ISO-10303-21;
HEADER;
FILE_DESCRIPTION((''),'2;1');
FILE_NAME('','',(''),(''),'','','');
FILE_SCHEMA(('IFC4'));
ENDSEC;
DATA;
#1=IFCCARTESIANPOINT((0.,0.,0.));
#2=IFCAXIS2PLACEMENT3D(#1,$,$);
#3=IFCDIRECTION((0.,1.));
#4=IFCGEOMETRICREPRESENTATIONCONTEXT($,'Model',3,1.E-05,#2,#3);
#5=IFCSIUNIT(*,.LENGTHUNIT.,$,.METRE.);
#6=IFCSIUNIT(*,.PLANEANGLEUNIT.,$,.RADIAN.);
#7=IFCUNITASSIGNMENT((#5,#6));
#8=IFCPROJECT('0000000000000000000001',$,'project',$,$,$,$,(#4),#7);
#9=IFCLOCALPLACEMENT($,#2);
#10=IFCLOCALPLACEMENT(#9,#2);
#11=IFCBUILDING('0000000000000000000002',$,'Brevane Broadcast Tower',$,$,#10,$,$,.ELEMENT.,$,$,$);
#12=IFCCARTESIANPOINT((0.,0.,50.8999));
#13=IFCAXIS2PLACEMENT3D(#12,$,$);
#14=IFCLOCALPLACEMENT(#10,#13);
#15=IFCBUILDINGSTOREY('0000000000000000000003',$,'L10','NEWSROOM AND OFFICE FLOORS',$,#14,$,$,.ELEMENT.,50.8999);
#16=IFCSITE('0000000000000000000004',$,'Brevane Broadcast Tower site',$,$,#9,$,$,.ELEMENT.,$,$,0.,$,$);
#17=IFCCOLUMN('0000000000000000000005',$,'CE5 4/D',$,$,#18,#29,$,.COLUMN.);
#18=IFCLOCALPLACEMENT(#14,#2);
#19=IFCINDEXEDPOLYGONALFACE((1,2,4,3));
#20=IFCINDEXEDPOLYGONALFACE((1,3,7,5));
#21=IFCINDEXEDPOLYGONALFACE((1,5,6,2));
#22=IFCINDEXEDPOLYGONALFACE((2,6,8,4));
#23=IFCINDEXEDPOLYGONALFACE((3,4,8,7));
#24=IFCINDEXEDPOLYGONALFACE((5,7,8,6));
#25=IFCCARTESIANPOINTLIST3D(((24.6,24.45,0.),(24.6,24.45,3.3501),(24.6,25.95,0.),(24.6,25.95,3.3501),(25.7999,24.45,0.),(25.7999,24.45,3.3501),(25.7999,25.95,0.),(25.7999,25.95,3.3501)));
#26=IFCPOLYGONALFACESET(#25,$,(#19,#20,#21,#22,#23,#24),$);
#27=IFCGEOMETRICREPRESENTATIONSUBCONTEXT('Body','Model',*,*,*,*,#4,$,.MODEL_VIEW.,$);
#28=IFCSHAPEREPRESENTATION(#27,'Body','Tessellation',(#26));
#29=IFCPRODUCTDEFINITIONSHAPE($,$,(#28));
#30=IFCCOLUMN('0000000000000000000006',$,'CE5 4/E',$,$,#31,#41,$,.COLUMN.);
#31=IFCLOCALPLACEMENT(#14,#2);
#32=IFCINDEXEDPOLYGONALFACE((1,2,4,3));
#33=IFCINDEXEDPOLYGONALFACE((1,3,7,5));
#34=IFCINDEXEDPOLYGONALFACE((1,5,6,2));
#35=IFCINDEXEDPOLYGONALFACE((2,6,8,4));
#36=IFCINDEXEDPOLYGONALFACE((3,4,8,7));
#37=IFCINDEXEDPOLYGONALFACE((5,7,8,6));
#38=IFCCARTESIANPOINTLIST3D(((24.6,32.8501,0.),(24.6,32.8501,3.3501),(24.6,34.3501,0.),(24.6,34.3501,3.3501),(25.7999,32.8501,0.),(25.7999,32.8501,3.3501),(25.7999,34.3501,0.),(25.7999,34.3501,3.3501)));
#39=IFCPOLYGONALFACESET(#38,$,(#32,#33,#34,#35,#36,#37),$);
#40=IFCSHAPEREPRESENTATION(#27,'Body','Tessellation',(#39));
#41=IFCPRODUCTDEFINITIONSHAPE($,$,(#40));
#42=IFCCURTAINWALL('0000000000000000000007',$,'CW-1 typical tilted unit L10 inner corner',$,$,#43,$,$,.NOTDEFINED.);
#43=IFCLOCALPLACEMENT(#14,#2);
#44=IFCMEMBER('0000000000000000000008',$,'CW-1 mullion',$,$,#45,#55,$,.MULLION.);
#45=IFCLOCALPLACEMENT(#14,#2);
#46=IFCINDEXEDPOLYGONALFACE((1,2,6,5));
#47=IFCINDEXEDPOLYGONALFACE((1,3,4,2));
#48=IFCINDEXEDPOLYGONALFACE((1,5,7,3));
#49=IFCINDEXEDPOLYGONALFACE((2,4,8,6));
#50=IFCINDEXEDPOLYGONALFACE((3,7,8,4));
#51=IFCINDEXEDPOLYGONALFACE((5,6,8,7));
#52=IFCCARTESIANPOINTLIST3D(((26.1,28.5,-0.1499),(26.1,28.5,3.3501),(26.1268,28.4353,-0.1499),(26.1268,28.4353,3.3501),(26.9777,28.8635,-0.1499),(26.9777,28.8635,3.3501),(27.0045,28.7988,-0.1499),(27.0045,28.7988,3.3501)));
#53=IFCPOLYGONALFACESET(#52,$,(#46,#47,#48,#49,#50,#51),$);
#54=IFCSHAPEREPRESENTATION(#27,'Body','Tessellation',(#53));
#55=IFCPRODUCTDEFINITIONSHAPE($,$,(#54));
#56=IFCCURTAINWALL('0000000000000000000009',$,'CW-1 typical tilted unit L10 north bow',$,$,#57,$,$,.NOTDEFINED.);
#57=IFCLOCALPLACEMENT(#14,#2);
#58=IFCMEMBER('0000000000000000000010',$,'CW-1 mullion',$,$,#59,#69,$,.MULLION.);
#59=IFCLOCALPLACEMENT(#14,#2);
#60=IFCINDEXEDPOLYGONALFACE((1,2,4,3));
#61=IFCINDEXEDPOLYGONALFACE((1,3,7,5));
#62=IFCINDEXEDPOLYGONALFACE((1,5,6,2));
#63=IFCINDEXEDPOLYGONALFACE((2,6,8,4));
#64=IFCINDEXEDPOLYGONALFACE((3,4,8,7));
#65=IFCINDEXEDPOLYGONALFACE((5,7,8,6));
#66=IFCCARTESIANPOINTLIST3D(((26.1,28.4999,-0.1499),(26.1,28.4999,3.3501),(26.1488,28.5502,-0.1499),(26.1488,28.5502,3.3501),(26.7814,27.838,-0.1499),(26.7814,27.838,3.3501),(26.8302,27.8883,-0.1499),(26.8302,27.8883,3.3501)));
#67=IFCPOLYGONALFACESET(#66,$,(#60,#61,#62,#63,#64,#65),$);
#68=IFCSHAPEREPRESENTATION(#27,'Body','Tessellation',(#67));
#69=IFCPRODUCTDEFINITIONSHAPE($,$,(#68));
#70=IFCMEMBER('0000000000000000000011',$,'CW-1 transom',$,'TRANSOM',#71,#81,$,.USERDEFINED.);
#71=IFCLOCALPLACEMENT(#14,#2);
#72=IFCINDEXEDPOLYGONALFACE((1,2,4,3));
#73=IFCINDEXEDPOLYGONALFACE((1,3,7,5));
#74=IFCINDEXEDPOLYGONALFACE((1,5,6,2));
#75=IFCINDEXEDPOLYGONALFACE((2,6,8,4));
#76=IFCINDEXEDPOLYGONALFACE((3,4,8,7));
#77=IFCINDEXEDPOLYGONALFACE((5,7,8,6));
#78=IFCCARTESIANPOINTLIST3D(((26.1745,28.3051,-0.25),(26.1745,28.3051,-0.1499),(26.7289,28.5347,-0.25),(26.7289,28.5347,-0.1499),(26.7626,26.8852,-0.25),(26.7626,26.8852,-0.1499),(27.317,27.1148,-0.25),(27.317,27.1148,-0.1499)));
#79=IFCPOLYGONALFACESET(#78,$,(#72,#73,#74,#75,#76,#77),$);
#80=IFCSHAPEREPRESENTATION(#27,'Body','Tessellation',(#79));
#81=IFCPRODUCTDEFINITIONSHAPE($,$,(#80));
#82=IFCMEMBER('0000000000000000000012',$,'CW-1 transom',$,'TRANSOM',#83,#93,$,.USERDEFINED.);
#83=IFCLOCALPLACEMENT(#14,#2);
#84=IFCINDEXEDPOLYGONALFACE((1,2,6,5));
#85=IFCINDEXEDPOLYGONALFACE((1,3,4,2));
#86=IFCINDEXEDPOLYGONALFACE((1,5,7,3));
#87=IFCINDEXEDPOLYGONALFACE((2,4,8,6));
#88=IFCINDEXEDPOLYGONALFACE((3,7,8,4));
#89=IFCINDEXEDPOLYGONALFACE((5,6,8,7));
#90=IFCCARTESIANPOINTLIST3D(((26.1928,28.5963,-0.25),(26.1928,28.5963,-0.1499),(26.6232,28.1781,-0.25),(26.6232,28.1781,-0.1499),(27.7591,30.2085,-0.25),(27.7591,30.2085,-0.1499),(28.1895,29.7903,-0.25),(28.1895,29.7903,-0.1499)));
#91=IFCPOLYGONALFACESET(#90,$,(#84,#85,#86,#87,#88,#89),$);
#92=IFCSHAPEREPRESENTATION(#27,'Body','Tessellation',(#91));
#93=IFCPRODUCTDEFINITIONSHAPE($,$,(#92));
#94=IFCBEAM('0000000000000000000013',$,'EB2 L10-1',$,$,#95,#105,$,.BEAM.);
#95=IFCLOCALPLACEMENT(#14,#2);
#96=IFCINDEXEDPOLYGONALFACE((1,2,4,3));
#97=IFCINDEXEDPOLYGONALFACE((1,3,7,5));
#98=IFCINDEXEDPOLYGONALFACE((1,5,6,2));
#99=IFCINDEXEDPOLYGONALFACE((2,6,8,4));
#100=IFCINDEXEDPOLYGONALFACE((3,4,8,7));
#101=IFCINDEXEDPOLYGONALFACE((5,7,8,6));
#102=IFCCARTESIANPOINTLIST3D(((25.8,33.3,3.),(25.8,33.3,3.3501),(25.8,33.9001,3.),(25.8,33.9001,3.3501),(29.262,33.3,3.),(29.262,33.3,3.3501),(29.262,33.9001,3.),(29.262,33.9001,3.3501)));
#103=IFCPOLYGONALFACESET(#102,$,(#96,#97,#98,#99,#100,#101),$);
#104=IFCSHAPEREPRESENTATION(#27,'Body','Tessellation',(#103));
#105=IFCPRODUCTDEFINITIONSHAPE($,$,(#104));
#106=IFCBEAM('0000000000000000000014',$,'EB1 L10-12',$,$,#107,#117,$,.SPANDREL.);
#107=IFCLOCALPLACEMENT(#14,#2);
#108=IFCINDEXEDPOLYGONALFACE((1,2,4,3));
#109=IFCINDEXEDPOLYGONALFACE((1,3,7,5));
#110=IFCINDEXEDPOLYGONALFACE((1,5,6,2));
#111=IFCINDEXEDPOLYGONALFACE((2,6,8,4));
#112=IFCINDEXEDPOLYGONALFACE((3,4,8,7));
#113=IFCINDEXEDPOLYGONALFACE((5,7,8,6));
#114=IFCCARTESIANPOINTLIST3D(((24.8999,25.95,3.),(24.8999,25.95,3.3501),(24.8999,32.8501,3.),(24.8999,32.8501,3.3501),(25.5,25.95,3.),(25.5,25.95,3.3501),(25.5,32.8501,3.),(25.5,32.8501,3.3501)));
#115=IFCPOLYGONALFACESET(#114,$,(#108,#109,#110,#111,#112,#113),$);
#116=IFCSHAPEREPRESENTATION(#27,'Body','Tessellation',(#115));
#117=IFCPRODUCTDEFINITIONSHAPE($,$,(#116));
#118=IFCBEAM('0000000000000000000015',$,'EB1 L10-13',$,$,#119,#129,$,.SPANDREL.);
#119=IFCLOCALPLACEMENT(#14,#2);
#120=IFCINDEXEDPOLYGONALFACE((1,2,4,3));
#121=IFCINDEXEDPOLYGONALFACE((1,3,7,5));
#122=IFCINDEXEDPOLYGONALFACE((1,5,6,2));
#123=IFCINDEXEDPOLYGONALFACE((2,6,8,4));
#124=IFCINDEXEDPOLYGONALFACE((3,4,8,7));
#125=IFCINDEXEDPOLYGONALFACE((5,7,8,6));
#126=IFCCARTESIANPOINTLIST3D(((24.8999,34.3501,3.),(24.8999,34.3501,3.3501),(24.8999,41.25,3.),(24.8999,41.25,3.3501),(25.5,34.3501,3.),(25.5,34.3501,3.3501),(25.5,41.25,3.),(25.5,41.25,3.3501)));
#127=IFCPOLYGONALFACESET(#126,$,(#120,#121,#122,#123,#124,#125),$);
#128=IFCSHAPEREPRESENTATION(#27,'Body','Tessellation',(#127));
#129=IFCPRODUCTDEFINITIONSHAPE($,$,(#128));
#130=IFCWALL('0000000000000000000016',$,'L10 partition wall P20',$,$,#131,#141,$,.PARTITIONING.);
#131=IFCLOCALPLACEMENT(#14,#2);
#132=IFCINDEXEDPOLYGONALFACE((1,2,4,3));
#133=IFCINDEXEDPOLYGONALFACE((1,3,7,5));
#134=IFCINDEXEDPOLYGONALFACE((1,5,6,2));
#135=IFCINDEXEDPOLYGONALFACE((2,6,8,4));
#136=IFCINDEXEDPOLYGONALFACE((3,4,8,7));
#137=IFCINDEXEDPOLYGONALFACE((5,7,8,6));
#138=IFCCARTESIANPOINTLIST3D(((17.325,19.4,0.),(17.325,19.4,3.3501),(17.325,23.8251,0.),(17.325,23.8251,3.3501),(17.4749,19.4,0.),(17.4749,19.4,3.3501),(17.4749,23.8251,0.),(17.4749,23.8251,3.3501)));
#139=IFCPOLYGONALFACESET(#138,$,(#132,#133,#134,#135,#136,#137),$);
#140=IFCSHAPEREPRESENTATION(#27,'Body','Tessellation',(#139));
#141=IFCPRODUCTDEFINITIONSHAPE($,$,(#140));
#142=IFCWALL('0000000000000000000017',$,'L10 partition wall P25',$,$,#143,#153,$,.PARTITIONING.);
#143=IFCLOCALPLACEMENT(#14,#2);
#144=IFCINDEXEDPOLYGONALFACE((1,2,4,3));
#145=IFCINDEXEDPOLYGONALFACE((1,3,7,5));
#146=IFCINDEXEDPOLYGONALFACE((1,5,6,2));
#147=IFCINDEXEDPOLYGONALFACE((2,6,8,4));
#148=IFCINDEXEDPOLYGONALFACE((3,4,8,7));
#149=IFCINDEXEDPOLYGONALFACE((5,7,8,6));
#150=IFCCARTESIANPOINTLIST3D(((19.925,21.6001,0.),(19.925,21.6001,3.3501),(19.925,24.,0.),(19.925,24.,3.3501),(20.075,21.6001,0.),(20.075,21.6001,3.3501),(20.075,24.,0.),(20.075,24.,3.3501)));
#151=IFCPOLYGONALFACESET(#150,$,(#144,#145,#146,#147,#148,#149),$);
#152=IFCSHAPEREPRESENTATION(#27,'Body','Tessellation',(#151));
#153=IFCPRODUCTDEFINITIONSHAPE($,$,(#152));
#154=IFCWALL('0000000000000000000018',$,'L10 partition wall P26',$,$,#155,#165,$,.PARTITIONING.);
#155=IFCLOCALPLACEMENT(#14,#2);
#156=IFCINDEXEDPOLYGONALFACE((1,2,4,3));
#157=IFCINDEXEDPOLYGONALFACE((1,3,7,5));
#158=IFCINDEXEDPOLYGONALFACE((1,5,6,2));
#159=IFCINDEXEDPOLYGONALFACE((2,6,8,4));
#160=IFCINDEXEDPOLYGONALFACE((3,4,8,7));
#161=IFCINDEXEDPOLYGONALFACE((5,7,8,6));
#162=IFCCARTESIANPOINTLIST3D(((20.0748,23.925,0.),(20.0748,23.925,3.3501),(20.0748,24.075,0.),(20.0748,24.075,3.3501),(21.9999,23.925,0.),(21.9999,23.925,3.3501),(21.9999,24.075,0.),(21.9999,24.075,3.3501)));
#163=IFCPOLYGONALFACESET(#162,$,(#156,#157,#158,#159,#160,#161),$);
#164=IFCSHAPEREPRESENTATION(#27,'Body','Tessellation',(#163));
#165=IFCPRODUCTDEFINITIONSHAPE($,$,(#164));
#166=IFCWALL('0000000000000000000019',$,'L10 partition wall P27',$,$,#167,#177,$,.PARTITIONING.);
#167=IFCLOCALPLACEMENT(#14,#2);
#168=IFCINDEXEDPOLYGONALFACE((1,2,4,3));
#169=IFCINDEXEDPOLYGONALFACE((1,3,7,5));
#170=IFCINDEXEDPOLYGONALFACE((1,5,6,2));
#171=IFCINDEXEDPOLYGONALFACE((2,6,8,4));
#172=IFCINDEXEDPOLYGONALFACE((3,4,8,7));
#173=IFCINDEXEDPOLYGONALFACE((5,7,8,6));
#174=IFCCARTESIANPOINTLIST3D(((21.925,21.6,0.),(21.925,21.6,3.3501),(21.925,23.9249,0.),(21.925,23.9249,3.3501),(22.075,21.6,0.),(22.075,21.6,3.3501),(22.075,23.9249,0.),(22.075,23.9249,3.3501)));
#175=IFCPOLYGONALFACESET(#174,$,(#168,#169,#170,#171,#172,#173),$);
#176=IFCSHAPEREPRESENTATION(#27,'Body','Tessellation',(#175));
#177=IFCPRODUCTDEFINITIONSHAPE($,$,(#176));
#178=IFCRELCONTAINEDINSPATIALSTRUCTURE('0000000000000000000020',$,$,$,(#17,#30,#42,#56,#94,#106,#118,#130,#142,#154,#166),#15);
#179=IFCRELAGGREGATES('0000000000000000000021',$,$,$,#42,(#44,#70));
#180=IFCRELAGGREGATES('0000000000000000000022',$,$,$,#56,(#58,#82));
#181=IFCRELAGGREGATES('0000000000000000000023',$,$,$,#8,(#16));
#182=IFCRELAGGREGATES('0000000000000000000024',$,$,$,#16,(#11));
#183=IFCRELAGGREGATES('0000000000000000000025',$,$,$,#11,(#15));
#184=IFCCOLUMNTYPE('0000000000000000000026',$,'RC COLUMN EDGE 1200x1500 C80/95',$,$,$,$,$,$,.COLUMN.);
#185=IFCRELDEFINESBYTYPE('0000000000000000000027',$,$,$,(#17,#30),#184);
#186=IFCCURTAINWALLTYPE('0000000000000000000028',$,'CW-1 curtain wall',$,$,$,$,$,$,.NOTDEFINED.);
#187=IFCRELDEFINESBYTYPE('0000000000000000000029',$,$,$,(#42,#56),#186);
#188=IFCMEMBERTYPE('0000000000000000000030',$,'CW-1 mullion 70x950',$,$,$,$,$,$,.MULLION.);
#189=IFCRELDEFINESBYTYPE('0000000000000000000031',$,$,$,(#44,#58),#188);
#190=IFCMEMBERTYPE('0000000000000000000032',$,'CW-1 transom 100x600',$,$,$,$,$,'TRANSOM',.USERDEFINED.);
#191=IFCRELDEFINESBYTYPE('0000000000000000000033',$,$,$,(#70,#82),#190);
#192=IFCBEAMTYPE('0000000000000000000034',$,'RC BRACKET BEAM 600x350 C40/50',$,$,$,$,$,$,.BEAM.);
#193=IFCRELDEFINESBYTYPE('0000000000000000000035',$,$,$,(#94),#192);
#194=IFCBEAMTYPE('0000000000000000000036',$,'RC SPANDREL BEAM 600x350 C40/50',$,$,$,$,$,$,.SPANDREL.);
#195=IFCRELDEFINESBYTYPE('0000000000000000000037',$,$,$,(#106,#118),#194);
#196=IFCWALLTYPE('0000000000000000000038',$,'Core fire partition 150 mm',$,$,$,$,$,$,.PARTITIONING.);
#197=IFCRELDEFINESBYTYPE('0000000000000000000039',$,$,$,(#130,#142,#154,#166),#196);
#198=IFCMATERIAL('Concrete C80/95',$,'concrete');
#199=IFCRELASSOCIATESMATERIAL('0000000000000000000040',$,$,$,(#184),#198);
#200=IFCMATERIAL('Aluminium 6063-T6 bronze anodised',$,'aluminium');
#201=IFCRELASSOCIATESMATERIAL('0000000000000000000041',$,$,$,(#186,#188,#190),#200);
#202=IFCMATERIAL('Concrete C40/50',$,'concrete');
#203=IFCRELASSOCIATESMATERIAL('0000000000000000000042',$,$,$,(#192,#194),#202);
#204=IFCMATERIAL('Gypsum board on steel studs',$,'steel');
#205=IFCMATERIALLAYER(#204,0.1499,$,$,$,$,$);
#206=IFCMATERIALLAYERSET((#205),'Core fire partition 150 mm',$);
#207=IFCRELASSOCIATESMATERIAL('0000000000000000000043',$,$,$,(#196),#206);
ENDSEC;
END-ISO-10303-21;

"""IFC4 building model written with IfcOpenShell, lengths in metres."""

from ifc_helpers import new_model, si_unit, direction, frame, frame_2d, origin, origin_2d, place, context, subcontext, project, spatial, rectangle, extrude, material, layer, layer_set, material_profile, profile_set, type_object, element, aggregate, save


model = new_model("IFC4")

# Units and contexts
model_context = context("Model", 3, precision=1e-05, world=origin(), true_north=direction((0.0, 1.0)))
body_context = subcontext(model_context, "Body", "Model", "MODEL_VIEW")
ifc_project = project(units=[si_unit("LENGTHUNIT", "METRE"), si_unit("PLANEANGLEUNIT", "RADIAN")], contexts=[model_context])

# Site, building, storey
site_placement = place(None, origin())
site = spatial("IfcSite", under=ifc_project, at=site_placement, Name="Brevane Broadcast Tower site", CompositionType="ELEMENT", RefElevation=0.0)
building_placement = place(site_placement, origin())
building = spatial("IfcBuilding", under=site, at=building_placement, Name="Brevane Broadcast Tower", CompositionType="ELEMENT")
storey_placement = place(building_placement, frame((0.0, 0.0, 50.8999)))
storey = spatial("IfcBuildingStorey", under=building, at=storey_placement, Name="L10", Description="NEWSROOM AND OFFICE FLOORS", CompositionType="ELEMENT", Elevation=50.8999)

# Columns
ifc_material_1 = material(Name="Concrete C80/95", Category="concrete")
ifc_material_profile_1 = material_profile(ifc_material_1, rectangle(XDim=1.2, YDim=1.5, at=origin_2d()), Name="RC 1200x1500")
ifc_profile_set_1 = profile_set([ifc_material_profile_1], Name="Concrete C80/95")
column_type = type_object("IfcColumnType", Name="RC COLUMN EDGE 1200x1500 C80/95", PredefinedType="COLUMN", material=ifc_profile_set_1)
for number, where, z_axis, x_axis, name in (
    (1, (25.2, 25.2, 0.0), (0.0, 0.0, 1.0), (1.0, 0.0, 0.0), "CE5 4/D"),
    (2, (25.2, 33.6001, 0.0), (0.0, 0.0, 1.0), (1.0, 0.0, 0.0), "CE5 4/E"),
):
    element("IfcColumn", number, at=place(storey_placement, frame(where, z_axis=z_axis, x_axis=x_axis)), inside=storey, type_object=column_type, Name=name, PredefinedType="COLUMN", context=body_context, shape_type="SweptSolid", body=[
        extrude(rectangle(XDim=1.2, YDim=1.5, at=origin_2d()), origin(), (0.0, 0.0, 1.0), 3.3501),
    ])

# Curtain walls, members
ifc_material_2 = material(Name="Aluminium 6063-T6 bronze anodised", Category="aluminium")
curtain_wall_type = type_object("IfcCurtainWallType", Name="CW-1 curtain wall", PredefinedType="NOTDEFINED", material=ifc_material_2)
curtain_wall_1_placement = place(storey_placement, origin())
curtain_wall_1 = element("IfcCurtainWall", 3, at=curtain_wall_1_placement, inside=storey, type_object=curtain_wall_type, Name="CW-1 typical tilted unit L10 inner corner", PredefinedType="NOTDEFINED")
ifc_material_profile_2 = material_profile(ifc_material_2, rectangle(XDim=0.95, YDim=0.0701, at=origin_2d()), Name="RECT 70x950")
ifc_profile_set_2 = profile_set([ifc_material_profile_2], Name="Aluminium 6063-T6 bronze anodised")
member_type_1 = type_object("IfcMemberType", Name="CW-1 mullion 70x950", PredefinedType="MULLION", material=ifc_profile_set_2)
member_1_placement = place(storey_placement, frame((26.5522, 28.6494, -0.1499), z_axis=(0.0, 0.0, 1.0), x_axis=(-0.923879, -0.382684, 0.0)))
member_1 = element("IfcMember", 4, at=member_1_placement, type_object=member_type_1, Name="CW-1 mullion", PredefinedType="MULLION", context=body_context, shape_type="SweptSolid", body=[
    extrude(rectangle(XDim=0.95, YDim=0.0701, at=origin_2d()), origin(), (0.0, 0.0, 1.0), 3.5),
])
curtain_wall_2_placement = place(storey_placement, origin())
curtain_wall_2 = element("IfcCurtainWall", 5, at=curtain_wall_2_placement, inside=storey, type_object=curtain_wall_type, Name="CW-1 typical tilted unit L10 north bow", PredefinedType="NOTDEFINED")
member_2_placement = place(storey_placement, frame((26.4651, 28.1941, -0.1499), z_axis=(0.0, 0.0, 1.0), x_axis=(-0.717254, 0.696812, 0.0)))
member_2 = element("IfcMember", 6, at=member_2_placement, type_object=member_type_1, Name="CW-1 mullion", PredefinedType="MULLION", context=body_context, shape_type="SweptSolid", body=[
    extrude(rectangle(XDim=0.95, YDim=0.0701, at=origin_2d()), origin(), (0.0, 0.0, 1.0), 3.5),
])

# Members
ifc_material_profile_3 = material_profile(ifc_material_2, rectangle(XDim=0.6001, YDim=0.1001, at=origin_2d()), Name="RECT 100x600")
ifc_profile_set_3 = profile_set([ifc_material_profile_3], Name="Aluminium 6063-T6 bronze anodised")
member_type_2 = type_object("IfcMemberType", Name="CW-1 transom 100x600", ElementType="TRANSOM", PredefinedType="USERDEFINED", material=ifc_profile_set_3)
member_3_placement = place(storey_placement, frame((27.0398, 27.0, -0.2), z_axis=(-0.382674, 0.923883, 0.0), x_axis=(-0.923883, -0.382674, 0.0)))
member_3 = element("IfcMember", 7, at=member_3_placement, type_object=member_type_2, Name="CW-1 transom", ObjectType="TRANSOM", PredefinedType="USERDEFINED", context=body_context, shape_type="SweptSolid", body=[
    extrude(rectangle(XDim=0.6001, YDim=0.1001, at=origin_2d()), origin(), (0.0, 0.0, 1.0), 1.5369),
])
aggregate(curtain_wall_1, [member_1, member_3])
member_4_placement = place(storey_placement, frame((26.408, 28.3872, -0.2), z_axis=(0.696824, 0.717242, 0.0), x_axis=(-0.717242, 0.696824, 0.0)))
member_4 = element("IfcMember", 8, at=member_4_placement, type_object=member_type_2, Name="CW-1 transom", ObjectType="TRANSOM", PredefinedType="USERDEFINED", context=body_context, shape_type="SweptSolid", body=[
    extrude(rectangle(XDim=0.6001, YDim=0.1001, at=origin_2d()), origin(), (0.0, 0.0, 1.0), 2.2478),
])
aggregate(curtain_wall_2, [member_2, member_4])

# Beams
ifc_material_3 = material(Name="Concrete C40/50", Category="concrete")
ifc_material_profile_4 = material_profile(ifc_material_3, rectangle(XDim=0.6001, YDim=0.3501, at=origin_2d()), Name="RC 600x350")
ifc_profile_set_4 = profile_set([ifc_material_profile_4], Name="Concrete C40/50")
beam_type_1 = type_object("IfcBeamType", Name="RC BRACKET BEAM 600x350 C40/50", PredefinedType="BEAM", material=ifc_profile_set_4)
beam_1_placement = place(storey_placement, frame((25.8, 33.6001, 3.175), z_axis=(1.0, 0.0, 0.0), x_axis=(0.0, 1.0, 0.0)))
element("IfcBeam", 9, at=beam_1_placement, inside=storey, type_object=beam_type_1, Name="EB2 L10-1", PredefinedType="BEAM", context=body_context, shape_type="SweptSolid", body=[
    extrude(rectangle(XDim=0.6001, YDim=0.3501, at=origin_2d()), origin(), (0.0, 0.0, 1.0), 3.4619),
])
ifc_material_profile_5 = material_profile(ifc_material_3, rectangle(XDim=0.6001, YDim=0.3501, at=origin_2d()), Name="RC 600x350")
ifc_profile_set_5 = profile_set([ifc_material_profile_5], Name="Concrete C40/50")
beam_type_2 = type_object("IfcBeamType", Name="RC SPANDREL BEAM 600x350 C40/50", PredefinedType="SPANDREL", material=ifc_profile_set_5)
beam_2_placement = place(storey_placement, frame((25.2, 25.95, 3.175), z_axis=(0.0, 1.0, 0.0), x_axis=(-1.0, 0.0, 0.0)))
element("IfcBeam", 10, at=beam_2_placement, inside=storey, type_object=beam_type_2, Name="EB1 L10-12", PredefinedType="SPANDREL", context=body_context, shape_type="SweptSolid", body=[
    extrude(rectangle(XDim=0.6001, YDim=0.3501, at=origin_2d()), origin(), (0.0, 0.0, 1.0), 6.9001),
])
beam_3_placement = place(storey_placement, frame((25.2, 34.3501, 3.175), z_axis=(0.0, 1.0, 0.0), x_axis=(-1.0, 0.0, 0.0)))
element("IfcBeam", 11, at=beam_3_placement, inside=storey, type_object=beam_type_2, Name="EB1 L10-13", PredefinedType="SPANDREL", context=body_context, shape_type="SweptSolid", body=[
    extrude(rectangle(XDim=0.6001, YDim=0.3501, at=origin_2d()), origin(), (0.0, 0.0, 1.0), 6.8999),
])

# Walls
ifc_material_4 = material(Name="Gypsum board on steel studs", Category="steel")
ifc_layer_1 = layer(ifc_material_4, 0.1499)
ifc_layer_set_1 = layer_set([ifc_layer_1], Name="Core fire partition 150 mm")
wall_type_1 = type_object("IfcWallType", Name="Core fire partition 150 mm", PredefinedType="PARTITIONING", material=ifc_layer_set_1)
wall_1_placement = place(storey_placement, frame((17.3999, 23.825, 0.0), z_axis=(0.0, 0.0, 1.0), x_axis=(0.0, -1.0, 0.0)))
element("IfcWall", 12, at=wall_1_placement, inside=storey, type_object=wall_type_1, Name="L10 partition wall P20", PredefinedType="PARTITIONING", context=body_context, shape_type="SweptSolid", body=[
    extrude(rectangle(XDim=4.425, YDim=0.1499, at=frame_2d((2.2124, 0.0))), origin(), (0.0, 0.0, 1.0), 3.3501),
])
wall_2_placement = place(storey_placement, frame((20.0, 21.6001, 0.0), z_axis=(0.0, 0.0, 1.0), x_axis=(0.0, 1.0, 0.0)))
element("IfcWall", 13, at=wall_2_placement, inside=storey, type_object=wall_type_1, Name="L10 partition wall P25", PredefinedType="PARTITIONING", context=body_context, shape_type="SweptSolid", body=[
    extrude(rectangle(XDim=2.3999, YDim=0.1499, at=frame_2d((1.2, 0.0))), origin(), (0.0, 0.0, 1.0), 3.3501),
])
wall_3_placement = place(storey_placement, frame((20.075, 24.0, 0.0), z_axis=(0.0, 0.0, 1.0), x_axis=(1.0, 0.0, 0.0)))
element("IfcWall", 14, at=wall_3_placement, inside=storey, type_object=wall_type_1, Name="L10 partition wall P26", PredefinedType="PARTITIONING", context=body_context, shape_type="SweptSolid", body=[
    extrude(rectangle(XDim=1.925, YDim=0.1499, at=frame_2d((0.9624, 0.0))), origin(), (0.0, 0.0, 1.0), 3.3501),
])
wall_4_placement = place(storey_placement, frame((22.0, 23.925, 0.0), z_axis=(0.0, 0.0, 1.0), x_axis=(0.0, -1.0, 0.0)))
element("IfcWall", 15, at=wall_4_placement, inside=storey, type_object=wall_type_1, Name="L10 partition wall P27", PredefinedType="PARTITIONING", context=body_context, shape_type="SweptSolid", body=[
    extrude(rectangle(XDim=2.325, YDim=0.1499, at=frame_2d((1.1626, 0.0))), origin(), (0.0, 0.0, 1.0), 3.3501),
])

save(model, "model.ifc")
